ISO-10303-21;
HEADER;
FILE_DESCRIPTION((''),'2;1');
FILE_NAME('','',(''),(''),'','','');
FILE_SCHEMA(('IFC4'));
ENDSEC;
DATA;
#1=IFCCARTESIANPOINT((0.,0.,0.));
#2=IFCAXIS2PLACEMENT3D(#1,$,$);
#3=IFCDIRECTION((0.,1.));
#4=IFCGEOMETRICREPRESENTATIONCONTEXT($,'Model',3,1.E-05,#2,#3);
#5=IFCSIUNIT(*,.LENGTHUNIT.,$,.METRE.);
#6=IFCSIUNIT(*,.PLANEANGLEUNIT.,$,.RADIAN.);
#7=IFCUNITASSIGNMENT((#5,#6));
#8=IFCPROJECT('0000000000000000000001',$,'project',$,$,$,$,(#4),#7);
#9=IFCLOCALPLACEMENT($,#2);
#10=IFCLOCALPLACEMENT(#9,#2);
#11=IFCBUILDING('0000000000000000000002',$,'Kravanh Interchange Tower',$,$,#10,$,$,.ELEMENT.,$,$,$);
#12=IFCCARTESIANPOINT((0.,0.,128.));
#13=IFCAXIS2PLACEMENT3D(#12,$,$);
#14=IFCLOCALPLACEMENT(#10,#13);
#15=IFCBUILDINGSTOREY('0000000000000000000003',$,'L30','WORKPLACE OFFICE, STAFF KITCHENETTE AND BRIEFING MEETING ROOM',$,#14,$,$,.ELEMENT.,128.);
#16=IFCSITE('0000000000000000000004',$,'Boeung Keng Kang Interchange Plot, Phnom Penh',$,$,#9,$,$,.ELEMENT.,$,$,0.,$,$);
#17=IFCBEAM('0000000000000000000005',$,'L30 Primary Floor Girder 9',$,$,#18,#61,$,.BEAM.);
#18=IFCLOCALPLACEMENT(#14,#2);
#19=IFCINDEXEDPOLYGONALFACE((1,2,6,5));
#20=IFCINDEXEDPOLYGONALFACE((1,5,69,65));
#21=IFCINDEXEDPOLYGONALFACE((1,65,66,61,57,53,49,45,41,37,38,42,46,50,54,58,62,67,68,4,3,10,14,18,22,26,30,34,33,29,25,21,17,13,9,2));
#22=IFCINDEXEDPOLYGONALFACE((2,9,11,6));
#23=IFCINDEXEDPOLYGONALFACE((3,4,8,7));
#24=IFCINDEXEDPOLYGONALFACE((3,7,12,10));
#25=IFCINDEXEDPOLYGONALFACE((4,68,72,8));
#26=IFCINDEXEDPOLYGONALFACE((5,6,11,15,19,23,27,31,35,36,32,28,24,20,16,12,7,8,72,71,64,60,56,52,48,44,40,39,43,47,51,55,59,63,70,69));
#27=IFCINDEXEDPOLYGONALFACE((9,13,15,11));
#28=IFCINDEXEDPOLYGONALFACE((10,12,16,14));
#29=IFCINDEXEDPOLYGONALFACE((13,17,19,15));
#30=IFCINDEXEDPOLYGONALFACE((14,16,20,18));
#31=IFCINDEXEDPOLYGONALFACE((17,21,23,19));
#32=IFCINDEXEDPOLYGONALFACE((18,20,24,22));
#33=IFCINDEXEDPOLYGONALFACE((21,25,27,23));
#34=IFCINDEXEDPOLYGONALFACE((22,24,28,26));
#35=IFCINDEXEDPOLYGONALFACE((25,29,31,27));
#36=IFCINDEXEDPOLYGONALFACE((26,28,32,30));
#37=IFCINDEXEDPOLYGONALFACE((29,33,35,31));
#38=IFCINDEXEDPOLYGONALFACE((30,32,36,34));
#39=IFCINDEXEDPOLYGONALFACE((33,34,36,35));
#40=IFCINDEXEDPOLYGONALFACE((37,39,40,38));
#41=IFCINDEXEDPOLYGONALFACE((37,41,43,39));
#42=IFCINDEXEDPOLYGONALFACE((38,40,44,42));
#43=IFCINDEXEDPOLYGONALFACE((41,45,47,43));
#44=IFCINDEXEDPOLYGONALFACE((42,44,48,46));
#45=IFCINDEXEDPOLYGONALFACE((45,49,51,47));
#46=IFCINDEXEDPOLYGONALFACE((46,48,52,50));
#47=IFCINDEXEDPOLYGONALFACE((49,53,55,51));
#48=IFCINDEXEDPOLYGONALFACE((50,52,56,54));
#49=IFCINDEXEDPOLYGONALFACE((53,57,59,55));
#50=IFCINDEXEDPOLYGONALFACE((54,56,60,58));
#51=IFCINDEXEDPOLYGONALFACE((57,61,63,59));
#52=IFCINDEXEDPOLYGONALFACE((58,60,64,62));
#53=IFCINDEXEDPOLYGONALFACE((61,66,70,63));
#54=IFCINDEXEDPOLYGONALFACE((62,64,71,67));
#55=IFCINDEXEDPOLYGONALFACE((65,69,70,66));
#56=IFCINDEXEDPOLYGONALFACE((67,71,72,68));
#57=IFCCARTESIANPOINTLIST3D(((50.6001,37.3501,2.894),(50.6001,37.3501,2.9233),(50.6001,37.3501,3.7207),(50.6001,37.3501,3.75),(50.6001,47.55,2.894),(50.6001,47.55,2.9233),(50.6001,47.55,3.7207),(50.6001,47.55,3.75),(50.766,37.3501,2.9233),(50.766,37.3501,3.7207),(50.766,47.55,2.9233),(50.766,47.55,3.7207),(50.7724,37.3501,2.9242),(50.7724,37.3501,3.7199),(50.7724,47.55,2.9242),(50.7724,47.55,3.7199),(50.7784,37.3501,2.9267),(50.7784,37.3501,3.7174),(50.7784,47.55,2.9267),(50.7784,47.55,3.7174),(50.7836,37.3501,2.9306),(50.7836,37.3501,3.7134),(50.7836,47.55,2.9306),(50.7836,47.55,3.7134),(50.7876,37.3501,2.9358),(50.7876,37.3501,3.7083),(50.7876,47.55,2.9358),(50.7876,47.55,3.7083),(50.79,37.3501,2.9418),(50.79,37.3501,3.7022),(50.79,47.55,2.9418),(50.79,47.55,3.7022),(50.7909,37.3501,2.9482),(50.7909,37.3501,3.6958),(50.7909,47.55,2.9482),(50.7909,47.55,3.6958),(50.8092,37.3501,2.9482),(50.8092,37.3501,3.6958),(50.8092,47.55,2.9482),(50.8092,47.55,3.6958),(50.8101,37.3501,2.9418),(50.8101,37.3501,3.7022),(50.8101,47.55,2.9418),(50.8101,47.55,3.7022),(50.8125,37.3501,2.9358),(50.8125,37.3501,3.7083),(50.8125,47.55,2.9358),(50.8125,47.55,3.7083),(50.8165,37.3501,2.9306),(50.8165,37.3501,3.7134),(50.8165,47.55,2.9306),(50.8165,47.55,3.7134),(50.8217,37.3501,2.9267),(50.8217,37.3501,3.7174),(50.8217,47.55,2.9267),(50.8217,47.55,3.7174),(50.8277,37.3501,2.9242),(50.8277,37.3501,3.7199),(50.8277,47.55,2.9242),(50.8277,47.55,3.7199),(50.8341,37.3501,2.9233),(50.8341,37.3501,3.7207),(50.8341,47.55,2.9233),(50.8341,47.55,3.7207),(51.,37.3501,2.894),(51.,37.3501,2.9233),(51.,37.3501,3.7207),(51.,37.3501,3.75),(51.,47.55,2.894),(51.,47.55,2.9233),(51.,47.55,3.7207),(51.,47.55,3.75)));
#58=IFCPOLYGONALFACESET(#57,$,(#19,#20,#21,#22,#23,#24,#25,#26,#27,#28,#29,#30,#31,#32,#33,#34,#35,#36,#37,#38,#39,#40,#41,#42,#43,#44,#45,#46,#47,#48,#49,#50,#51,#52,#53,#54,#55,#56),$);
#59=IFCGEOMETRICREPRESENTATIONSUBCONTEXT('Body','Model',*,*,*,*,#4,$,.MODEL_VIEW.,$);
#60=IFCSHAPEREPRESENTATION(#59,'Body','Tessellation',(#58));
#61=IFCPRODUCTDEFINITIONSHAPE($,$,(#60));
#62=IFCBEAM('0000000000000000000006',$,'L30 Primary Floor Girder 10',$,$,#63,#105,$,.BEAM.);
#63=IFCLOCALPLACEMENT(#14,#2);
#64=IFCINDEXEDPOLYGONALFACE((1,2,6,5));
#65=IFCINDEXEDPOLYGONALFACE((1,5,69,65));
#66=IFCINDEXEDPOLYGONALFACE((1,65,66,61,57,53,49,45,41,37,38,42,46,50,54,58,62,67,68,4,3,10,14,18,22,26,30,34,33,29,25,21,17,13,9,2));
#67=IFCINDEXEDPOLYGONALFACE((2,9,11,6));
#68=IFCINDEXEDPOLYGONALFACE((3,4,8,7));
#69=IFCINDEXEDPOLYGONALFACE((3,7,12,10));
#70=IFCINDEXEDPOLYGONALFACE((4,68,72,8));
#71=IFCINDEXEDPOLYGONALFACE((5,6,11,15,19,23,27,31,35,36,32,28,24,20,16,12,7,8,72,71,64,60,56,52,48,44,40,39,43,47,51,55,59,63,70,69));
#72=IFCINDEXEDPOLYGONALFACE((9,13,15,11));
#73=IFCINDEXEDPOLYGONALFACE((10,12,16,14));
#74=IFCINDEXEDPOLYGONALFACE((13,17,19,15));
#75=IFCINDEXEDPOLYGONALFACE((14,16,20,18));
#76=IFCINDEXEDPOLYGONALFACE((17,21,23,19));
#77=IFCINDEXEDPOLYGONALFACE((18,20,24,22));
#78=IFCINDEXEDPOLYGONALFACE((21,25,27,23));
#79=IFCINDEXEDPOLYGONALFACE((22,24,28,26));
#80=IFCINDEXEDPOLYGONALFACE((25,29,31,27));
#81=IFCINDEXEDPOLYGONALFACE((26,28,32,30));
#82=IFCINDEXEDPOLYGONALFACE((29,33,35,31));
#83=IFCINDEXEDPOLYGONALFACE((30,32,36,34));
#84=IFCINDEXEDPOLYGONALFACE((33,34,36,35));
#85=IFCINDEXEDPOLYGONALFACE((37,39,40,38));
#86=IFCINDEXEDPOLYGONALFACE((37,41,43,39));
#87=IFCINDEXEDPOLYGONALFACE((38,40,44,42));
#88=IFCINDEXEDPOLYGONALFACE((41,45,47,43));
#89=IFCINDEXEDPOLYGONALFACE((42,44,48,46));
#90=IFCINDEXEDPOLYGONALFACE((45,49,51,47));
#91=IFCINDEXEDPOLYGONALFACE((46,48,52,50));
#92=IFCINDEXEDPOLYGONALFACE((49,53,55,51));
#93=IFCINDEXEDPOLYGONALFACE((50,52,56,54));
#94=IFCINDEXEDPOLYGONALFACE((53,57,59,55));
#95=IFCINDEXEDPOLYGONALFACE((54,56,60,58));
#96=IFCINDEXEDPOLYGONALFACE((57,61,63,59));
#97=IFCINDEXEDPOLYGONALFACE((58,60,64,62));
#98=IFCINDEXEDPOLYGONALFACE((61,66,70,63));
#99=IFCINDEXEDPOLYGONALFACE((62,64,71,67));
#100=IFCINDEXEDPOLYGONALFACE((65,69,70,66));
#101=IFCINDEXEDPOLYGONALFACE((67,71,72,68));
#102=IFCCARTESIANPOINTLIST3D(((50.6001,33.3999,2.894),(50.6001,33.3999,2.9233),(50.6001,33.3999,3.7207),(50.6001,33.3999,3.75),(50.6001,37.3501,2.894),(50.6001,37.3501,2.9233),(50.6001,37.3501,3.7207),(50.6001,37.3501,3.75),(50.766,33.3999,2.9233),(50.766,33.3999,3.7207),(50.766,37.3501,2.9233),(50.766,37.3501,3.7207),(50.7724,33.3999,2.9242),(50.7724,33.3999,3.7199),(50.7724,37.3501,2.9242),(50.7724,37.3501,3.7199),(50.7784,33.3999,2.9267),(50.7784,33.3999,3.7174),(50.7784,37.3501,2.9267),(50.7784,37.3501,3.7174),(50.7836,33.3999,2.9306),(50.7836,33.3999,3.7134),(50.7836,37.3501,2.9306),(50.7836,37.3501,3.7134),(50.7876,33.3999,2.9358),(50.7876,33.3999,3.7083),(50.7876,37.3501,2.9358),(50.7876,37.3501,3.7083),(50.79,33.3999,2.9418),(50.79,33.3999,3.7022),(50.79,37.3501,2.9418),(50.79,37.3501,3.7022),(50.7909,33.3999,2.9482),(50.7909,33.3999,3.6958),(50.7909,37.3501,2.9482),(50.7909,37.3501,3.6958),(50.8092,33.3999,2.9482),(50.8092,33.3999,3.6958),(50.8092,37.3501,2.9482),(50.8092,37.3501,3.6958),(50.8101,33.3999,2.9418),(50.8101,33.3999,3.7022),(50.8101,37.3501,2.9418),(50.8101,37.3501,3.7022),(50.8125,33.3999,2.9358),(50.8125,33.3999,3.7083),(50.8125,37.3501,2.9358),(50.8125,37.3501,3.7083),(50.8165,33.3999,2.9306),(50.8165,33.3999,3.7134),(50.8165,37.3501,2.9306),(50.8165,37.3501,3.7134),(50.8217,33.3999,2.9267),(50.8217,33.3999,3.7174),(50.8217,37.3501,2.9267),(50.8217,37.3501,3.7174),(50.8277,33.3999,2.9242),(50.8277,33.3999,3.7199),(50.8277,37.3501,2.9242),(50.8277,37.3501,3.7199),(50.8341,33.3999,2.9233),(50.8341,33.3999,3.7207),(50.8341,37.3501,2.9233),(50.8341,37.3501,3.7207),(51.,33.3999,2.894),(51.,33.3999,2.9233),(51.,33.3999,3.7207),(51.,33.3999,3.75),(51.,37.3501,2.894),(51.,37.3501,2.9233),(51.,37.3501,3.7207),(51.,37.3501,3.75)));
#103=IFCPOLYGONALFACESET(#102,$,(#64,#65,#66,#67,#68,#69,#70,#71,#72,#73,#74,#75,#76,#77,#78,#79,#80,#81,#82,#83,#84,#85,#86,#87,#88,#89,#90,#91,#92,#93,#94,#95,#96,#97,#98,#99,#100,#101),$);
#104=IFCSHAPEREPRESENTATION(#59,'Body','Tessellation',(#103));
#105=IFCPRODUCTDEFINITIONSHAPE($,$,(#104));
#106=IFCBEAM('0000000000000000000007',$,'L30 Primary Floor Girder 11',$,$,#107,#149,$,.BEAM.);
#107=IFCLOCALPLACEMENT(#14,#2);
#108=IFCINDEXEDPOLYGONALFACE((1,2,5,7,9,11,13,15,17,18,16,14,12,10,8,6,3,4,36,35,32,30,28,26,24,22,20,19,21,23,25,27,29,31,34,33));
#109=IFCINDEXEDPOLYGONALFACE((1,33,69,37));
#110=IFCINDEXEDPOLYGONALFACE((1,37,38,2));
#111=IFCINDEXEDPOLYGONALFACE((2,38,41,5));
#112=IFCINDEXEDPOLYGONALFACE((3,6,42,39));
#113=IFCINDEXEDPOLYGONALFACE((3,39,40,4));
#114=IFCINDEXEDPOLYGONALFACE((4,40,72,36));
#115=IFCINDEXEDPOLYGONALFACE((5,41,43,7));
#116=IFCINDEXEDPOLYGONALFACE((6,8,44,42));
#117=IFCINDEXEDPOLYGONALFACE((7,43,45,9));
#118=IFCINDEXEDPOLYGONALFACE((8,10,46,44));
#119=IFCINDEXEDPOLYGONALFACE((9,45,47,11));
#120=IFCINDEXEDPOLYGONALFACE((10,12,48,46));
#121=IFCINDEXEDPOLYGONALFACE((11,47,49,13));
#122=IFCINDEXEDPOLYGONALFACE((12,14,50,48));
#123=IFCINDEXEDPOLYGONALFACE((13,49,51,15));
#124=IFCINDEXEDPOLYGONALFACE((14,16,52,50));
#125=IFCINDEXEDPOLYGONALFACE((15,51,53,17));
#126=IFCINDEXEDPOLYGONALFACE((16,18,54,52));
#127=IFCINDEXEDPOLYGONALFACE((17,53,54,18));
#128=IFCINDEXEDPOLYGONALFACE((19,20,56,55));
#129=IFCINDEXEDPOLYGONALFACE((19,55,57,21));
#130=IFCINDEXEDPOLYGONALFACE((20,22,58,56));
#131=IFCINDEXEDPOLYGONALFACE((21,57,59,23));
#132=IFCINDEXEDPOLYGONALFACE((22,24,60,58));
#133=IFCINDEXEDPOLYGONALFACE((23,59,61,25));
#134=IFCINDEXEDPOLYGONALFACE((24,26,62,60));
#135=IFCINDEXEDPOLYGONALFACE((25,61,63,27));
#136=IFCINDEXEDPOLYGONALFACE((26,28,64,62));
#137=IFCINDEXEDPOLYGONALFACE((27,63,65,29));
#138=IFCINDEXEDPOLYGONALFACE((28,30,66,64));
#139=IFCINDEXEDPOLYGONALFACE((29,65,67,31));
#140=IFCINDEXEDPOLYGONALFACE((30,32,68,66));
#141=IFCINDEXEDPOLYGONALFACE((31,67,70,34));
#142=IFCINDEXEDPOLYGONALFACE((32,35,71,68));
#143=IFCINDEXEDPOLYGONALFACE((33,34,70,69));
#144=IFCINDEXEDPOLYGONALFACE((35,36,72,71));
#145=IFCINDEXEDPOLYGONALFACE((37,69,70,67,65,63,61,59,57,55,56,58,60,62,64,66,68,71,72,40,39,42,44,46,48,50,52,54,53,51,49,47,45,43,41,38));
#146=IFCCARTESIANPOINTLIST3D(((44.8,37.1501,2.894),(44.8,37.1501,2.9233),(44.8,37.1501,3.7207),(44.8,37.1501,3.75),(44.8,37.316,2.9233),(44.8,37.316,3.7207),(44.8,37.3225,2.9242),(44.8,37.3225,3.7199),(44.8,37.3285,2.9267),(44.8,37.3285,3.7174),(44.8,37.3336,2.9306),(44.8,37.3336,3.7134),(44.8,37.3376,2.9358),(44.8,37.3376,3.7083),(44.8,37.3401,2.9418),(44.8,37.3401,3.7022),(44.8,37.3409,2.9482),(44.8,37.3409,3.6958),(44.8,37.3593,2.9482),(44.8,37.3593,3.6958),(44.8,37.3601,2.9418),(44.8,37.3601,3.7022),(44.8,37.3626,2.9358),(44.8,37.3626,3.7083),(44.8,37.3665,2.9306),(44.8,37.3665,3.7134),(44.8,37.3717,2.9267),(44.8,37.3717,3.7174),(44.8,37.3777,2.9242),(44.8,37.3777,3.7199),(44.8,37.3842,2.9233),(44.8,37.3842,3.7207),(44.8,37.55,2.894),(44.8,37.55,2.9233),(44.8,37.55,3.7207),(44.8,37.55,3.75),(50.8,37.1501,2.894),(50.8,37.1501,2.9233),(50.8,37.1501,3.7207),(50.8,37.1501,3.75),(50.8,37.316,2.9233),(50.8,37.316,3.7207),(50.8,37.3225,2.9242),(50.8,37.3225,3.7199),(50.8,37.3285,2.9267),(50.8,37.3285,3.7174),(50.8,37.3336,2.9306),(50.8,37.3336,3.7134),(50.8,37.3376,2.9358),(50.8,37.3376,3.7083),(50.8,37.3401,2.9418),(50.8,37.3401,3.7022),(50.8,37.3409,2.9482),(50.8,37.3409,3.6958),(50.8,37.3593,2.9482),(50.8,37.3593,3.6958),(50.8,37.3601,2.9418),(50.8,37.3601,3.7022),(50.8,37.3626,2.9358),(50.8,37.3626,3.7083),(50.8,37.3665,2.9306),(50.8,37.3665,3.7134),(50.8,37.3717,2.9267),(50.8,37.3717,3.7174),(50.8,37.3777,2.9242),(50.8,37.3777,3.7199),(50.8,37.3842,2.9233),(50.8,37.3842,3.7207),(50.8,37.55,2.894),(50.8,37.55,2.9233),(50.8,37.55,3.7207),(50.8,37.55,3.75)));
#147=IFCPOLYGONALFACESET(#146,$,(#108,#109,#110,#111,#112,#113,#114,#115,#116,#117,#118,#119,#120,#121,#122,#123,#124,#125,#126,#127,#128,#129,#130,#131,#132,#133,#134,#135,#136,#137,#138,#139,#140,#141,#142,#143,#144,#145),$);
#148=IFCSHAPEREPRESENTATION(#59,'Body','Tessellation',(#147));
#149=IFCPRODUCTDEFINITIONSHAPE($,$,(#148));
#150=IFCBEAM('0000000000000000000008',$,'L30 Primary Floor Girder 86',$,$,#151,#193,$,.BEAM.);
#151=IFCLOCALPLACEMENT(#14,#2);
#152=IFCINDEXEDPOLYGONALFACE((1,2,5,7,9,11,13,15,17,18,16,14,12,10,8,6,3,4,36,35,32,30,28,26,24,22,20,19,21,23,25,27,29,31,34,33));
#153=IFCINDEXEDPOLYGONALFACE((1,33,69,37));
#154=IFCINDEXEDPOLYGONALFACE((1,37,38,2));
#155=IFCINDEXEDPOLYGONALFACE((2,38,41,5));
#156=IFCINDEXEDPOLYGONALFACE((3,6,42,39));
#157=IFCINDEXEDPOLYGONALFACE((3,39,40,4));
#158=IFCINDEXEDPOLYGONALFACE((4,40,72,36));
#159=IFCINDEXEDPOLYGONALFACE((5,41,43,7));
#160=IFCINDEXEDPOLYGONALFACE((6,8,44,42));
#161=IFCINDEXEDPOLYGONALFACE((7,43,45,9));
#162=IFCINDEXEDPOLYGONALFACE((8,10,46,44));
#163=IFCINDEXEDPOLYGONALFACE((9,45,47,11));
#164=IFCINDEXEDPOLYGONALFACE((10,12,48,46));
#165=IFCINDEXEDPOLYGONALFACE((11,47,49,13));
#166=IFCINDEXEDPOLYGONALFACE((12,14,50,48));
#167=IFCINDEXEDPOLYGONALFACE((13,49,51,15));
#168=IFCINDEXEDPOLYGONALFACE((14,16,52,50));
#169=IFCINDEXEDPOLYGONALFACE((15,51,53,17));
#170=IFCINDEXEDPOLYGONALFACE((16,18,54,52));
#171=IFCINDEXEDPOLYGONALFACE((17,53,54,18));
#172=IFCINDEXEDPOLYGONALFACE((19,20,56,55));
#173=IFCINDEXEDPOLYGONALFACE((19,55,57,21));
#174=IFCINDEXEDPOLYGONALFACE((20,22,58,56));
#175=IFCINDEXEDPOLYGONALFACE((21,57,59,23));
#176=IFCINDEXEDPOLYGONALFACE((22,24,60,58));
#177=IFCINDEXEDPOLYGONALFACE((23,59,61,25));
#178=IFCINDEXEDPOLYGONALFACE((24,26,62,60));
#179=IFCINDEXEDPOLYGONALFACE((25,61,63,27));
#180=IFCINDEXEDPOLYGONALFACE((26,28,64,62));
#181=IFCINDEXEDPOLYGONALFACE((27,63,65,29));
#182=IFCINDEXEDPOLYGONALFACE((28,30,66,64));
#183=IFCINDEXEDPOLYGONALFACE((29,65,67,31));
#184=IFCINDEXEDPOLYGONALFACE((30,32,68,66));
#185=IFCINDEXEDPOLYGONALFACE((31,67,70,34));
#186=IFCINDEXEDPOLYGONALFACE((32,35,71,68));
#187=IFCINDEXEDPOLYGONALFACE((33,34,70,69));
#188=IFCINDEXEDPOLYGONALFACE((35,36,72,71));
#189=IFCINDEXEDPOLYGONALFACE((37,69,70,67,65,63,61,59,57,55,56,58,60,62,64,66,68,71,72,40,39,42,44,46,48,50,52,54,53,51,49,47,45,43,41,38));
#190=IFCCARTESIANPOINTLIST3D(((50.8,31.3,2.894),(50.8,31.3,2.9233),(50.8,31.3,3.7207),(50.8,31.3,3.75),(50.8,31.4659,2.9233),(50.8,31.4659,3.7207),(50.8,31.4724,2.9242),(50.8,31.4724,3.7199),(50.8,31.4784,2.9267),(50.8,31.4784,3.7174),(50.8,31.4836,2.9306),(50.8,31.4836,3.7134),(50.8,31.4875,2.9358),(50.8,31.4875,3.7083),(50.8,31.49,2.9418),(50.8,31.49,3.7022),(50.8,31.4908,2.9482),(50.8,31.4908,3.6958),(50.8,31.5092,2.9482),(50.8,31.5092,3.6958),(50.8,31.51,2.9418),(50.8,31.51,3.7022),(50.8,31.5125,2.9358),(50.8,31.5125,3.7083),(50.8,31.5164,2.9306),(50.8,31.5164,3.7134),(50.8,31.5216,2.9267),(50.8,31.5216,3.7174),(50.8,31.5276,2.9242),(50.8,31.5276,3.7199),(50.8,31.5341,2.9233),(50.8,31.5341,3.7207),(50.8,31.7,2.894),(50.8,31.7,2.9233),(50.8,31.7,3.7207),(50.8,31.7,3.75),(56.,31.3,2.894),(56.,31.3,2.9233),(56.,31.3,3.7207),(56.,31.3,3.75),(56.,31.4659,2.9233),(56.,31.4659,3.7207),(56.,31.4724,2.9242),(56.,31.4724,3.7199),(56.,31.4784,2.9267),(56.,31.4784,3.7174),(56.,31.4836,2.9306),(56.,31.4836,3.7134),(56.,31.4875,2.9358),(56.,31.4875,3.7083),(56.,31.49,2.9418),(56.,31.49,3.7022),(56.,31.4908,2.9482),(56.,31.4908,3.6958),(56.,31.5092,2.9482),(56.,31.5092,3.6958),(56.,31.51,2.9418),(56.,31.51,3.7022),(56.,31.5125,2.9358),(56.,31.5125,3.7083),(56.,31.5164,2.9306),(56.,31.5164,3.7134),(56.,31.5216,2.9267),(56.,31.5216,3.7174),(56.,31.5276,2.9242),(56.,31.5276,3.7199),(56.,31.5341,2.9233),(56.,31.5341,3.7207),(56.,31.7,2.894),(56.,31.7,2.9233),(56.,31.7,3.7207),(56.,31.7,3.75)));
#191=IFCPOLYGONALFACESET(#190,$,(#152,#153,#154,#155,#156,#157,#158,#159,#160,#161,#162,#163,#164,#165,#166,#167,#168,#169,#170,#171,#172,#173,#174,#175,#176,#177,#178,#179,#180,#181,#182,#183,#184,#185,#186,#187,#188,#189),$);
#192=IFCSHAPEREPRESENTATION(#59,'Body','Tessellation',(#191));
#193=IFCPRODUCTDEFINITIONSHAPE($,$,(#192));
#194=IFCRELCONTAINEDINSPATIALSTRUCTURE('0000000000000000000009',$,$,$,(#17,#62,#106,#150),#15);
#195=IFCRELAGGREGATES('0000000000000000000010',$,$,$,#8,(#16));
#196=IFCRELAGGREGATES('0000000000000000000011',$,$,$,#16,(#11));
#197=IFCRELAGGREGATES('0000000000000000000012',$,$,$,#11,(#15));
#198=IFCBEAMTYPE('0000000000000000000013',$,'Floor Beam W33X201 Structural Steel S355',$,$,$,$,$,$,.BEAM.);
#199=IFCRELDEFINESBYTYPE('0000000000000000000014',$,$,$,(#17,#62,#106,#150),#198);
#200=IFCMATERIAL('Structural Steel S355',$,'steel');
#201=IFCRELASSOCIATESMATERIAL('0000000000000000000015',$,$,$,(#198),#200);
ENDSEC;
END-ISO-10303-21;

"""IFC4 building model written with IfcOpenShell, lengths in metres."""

from ifc_helpers import new_model, si_unit, direction, frame, origin, origin_2d, place, context, subcontext, project, spatial, i_section, extrude, material, material_profile, profile_set, type_object, element, save


model = new_model("IFC4")

# Units and contexts
model_context = context("Model", 3, precision=1e-05, world=origin(), true_north=direction((0.0, 1.0)))
body_context = subcontext(model_context, "Body", "Model", "MODEL_VIEW")
ifc_project = project(units=[si_unit("LENGTHUNIT", "METRE"), si_unit("PLANEANGLEUNIT", "RADIAN")], contexts=[model_context])

# Site, building, storey
site_placement = place(None, origin())
site = spatial("IfcSite", under=ifc_project, at=site_placement, Name="Boeung Keng Kang Interchange Plot, Phnom Penh", CompositionType="ELEMENT", RefElevation=0.0)
building_placement = place(site_placement, origin())
building = spatial("IfcBuilding", under=site, at=building_placement, Name="Kravanh Interchange Tower", CompositionType="ELEMENT")
storey_placement = place(building_placement, frame((0.0, 0.0, 128.0)))
storey = spatial("IfcBuildingStorey", under=building, at=storey_placement, Name="L30", Description="WORKPLACE OFFICE, STAFF KITCHENETTE AND BRIEFING MEETING ROOM", CompositionType="ELEMENT", Elevation=128.0)

# Beams
ifc_material_1 = material(Name="Structural Steel S355", Category="steel")
ifc_material_profile_1 = material_profile(ifc_material_1, i_section(OverallWidth=0.3999, OverallDepth=0.856, WebThickness=0.0183, FlangeThickness=0.0293, FilletRadius=0.0249, at=origin_2d()), Name="W33X201")
ifc_profile_set_1 = profile_set([ifc_material_profile_1], Name="Structural Steel S355")
beam_type_1 = type_object("IfcBeamType", Name="Floor Beam W33X201 Structural Steel S355", PredefinedType="BEAM", material=ifc_profile_set_1)
beam_1_placement = place(storey_placement, frame((50.8, 47.55, 3.322), z_axis=(0.0, -1.0, 0.0), x_axis=(1.0, 0.0, 0.0)))
element("IfcBeam", 1, at=beam_1_placement, inside=storey, type_object=beam_type_1, Name="L30 Primary Floor Girder 9", PredefinedType="BEAM", context=body_context, shape_type="SweptSolid", body=[
    extrude(i_section(OverallWidth=0.3999, OverallDepth=0.856, WebThickness=0.0183, FlangeThickness=0.0293, FilletRadius=0.0249, at=origin_2d()), origin(), (0.0, 0.0, 1.0), 10.2),
])
beam_2_placement = place(storey_placement, frame((50.8, 37.3501, 3.322), z_axis=(0.0, -1.0, 0.0), x_axis=(1.0, 0.0, 0.0)))
element("IfcBeam", 2, at=beam_2_placement, inside=storey, type_object=beam_type_1, Name="L30 Primary Floor Girder 10", PredefinedType="BEAM", context=body_context, shape_type="SweptSolid", body=[
    extrude(i_section(OverallWidth=0.3999, OverallDepth=0.856, WebThickness=0.0183, FlangeThickness=0.0293, FilletRadius=0.0249, at=origin_2d()), origin(), (0.0, 0.0, 1.0), 3.9502),
])
beam_3_placement = place(storey_placement, frame((50.8, 37.3501, 3.322), z_axis=(-1.0, 0.0, 0.0), x_axis=(0.0, -1.0, 0.0)))
element("IfcBeam", 3, at=beam_3_placement, inside=storey, type_object=beam_type_1, Name="L30 Primary Floor Girder 11", PredefinedType="BEAM", context=body_context, shape_type="SweptSolid", body=[
    extrude(i_section(OverallWidth=0.3999, OverallDepth=0.856, WebThickness=0.0183, FlangeThickness=0.0293, FilletRadius=0.0249, at=origin_2d()), origin(), (0.0, 0.0, 1.0), 6.0),
])
beam_4_placement = place(storey_placement, frame((50.8, 31.5, 3.322), z_axis=(1.0, 0.0, 0.0), x_axis=(0.0, 1.0, 0.0)))
element("IfcBeam", 4, at=beam_4_placement, inside=storey, type_object=beam_type_1, Name="L30 Primary Floor Girder 86", PredefinedType="BEAM", context=body_context, shape_type="SweptSolid", body=[
    extrude(i_section(OverallWidth=0.3999, OverallDepth=0.856, WebThickness=0.0183, FlangeThickness=0.0293, FilletRadius=0.0249, at=origin_2d()), origin(), (0.0, 0.0, 1.0), 5.2),
])

save(model, "model.ifc")
